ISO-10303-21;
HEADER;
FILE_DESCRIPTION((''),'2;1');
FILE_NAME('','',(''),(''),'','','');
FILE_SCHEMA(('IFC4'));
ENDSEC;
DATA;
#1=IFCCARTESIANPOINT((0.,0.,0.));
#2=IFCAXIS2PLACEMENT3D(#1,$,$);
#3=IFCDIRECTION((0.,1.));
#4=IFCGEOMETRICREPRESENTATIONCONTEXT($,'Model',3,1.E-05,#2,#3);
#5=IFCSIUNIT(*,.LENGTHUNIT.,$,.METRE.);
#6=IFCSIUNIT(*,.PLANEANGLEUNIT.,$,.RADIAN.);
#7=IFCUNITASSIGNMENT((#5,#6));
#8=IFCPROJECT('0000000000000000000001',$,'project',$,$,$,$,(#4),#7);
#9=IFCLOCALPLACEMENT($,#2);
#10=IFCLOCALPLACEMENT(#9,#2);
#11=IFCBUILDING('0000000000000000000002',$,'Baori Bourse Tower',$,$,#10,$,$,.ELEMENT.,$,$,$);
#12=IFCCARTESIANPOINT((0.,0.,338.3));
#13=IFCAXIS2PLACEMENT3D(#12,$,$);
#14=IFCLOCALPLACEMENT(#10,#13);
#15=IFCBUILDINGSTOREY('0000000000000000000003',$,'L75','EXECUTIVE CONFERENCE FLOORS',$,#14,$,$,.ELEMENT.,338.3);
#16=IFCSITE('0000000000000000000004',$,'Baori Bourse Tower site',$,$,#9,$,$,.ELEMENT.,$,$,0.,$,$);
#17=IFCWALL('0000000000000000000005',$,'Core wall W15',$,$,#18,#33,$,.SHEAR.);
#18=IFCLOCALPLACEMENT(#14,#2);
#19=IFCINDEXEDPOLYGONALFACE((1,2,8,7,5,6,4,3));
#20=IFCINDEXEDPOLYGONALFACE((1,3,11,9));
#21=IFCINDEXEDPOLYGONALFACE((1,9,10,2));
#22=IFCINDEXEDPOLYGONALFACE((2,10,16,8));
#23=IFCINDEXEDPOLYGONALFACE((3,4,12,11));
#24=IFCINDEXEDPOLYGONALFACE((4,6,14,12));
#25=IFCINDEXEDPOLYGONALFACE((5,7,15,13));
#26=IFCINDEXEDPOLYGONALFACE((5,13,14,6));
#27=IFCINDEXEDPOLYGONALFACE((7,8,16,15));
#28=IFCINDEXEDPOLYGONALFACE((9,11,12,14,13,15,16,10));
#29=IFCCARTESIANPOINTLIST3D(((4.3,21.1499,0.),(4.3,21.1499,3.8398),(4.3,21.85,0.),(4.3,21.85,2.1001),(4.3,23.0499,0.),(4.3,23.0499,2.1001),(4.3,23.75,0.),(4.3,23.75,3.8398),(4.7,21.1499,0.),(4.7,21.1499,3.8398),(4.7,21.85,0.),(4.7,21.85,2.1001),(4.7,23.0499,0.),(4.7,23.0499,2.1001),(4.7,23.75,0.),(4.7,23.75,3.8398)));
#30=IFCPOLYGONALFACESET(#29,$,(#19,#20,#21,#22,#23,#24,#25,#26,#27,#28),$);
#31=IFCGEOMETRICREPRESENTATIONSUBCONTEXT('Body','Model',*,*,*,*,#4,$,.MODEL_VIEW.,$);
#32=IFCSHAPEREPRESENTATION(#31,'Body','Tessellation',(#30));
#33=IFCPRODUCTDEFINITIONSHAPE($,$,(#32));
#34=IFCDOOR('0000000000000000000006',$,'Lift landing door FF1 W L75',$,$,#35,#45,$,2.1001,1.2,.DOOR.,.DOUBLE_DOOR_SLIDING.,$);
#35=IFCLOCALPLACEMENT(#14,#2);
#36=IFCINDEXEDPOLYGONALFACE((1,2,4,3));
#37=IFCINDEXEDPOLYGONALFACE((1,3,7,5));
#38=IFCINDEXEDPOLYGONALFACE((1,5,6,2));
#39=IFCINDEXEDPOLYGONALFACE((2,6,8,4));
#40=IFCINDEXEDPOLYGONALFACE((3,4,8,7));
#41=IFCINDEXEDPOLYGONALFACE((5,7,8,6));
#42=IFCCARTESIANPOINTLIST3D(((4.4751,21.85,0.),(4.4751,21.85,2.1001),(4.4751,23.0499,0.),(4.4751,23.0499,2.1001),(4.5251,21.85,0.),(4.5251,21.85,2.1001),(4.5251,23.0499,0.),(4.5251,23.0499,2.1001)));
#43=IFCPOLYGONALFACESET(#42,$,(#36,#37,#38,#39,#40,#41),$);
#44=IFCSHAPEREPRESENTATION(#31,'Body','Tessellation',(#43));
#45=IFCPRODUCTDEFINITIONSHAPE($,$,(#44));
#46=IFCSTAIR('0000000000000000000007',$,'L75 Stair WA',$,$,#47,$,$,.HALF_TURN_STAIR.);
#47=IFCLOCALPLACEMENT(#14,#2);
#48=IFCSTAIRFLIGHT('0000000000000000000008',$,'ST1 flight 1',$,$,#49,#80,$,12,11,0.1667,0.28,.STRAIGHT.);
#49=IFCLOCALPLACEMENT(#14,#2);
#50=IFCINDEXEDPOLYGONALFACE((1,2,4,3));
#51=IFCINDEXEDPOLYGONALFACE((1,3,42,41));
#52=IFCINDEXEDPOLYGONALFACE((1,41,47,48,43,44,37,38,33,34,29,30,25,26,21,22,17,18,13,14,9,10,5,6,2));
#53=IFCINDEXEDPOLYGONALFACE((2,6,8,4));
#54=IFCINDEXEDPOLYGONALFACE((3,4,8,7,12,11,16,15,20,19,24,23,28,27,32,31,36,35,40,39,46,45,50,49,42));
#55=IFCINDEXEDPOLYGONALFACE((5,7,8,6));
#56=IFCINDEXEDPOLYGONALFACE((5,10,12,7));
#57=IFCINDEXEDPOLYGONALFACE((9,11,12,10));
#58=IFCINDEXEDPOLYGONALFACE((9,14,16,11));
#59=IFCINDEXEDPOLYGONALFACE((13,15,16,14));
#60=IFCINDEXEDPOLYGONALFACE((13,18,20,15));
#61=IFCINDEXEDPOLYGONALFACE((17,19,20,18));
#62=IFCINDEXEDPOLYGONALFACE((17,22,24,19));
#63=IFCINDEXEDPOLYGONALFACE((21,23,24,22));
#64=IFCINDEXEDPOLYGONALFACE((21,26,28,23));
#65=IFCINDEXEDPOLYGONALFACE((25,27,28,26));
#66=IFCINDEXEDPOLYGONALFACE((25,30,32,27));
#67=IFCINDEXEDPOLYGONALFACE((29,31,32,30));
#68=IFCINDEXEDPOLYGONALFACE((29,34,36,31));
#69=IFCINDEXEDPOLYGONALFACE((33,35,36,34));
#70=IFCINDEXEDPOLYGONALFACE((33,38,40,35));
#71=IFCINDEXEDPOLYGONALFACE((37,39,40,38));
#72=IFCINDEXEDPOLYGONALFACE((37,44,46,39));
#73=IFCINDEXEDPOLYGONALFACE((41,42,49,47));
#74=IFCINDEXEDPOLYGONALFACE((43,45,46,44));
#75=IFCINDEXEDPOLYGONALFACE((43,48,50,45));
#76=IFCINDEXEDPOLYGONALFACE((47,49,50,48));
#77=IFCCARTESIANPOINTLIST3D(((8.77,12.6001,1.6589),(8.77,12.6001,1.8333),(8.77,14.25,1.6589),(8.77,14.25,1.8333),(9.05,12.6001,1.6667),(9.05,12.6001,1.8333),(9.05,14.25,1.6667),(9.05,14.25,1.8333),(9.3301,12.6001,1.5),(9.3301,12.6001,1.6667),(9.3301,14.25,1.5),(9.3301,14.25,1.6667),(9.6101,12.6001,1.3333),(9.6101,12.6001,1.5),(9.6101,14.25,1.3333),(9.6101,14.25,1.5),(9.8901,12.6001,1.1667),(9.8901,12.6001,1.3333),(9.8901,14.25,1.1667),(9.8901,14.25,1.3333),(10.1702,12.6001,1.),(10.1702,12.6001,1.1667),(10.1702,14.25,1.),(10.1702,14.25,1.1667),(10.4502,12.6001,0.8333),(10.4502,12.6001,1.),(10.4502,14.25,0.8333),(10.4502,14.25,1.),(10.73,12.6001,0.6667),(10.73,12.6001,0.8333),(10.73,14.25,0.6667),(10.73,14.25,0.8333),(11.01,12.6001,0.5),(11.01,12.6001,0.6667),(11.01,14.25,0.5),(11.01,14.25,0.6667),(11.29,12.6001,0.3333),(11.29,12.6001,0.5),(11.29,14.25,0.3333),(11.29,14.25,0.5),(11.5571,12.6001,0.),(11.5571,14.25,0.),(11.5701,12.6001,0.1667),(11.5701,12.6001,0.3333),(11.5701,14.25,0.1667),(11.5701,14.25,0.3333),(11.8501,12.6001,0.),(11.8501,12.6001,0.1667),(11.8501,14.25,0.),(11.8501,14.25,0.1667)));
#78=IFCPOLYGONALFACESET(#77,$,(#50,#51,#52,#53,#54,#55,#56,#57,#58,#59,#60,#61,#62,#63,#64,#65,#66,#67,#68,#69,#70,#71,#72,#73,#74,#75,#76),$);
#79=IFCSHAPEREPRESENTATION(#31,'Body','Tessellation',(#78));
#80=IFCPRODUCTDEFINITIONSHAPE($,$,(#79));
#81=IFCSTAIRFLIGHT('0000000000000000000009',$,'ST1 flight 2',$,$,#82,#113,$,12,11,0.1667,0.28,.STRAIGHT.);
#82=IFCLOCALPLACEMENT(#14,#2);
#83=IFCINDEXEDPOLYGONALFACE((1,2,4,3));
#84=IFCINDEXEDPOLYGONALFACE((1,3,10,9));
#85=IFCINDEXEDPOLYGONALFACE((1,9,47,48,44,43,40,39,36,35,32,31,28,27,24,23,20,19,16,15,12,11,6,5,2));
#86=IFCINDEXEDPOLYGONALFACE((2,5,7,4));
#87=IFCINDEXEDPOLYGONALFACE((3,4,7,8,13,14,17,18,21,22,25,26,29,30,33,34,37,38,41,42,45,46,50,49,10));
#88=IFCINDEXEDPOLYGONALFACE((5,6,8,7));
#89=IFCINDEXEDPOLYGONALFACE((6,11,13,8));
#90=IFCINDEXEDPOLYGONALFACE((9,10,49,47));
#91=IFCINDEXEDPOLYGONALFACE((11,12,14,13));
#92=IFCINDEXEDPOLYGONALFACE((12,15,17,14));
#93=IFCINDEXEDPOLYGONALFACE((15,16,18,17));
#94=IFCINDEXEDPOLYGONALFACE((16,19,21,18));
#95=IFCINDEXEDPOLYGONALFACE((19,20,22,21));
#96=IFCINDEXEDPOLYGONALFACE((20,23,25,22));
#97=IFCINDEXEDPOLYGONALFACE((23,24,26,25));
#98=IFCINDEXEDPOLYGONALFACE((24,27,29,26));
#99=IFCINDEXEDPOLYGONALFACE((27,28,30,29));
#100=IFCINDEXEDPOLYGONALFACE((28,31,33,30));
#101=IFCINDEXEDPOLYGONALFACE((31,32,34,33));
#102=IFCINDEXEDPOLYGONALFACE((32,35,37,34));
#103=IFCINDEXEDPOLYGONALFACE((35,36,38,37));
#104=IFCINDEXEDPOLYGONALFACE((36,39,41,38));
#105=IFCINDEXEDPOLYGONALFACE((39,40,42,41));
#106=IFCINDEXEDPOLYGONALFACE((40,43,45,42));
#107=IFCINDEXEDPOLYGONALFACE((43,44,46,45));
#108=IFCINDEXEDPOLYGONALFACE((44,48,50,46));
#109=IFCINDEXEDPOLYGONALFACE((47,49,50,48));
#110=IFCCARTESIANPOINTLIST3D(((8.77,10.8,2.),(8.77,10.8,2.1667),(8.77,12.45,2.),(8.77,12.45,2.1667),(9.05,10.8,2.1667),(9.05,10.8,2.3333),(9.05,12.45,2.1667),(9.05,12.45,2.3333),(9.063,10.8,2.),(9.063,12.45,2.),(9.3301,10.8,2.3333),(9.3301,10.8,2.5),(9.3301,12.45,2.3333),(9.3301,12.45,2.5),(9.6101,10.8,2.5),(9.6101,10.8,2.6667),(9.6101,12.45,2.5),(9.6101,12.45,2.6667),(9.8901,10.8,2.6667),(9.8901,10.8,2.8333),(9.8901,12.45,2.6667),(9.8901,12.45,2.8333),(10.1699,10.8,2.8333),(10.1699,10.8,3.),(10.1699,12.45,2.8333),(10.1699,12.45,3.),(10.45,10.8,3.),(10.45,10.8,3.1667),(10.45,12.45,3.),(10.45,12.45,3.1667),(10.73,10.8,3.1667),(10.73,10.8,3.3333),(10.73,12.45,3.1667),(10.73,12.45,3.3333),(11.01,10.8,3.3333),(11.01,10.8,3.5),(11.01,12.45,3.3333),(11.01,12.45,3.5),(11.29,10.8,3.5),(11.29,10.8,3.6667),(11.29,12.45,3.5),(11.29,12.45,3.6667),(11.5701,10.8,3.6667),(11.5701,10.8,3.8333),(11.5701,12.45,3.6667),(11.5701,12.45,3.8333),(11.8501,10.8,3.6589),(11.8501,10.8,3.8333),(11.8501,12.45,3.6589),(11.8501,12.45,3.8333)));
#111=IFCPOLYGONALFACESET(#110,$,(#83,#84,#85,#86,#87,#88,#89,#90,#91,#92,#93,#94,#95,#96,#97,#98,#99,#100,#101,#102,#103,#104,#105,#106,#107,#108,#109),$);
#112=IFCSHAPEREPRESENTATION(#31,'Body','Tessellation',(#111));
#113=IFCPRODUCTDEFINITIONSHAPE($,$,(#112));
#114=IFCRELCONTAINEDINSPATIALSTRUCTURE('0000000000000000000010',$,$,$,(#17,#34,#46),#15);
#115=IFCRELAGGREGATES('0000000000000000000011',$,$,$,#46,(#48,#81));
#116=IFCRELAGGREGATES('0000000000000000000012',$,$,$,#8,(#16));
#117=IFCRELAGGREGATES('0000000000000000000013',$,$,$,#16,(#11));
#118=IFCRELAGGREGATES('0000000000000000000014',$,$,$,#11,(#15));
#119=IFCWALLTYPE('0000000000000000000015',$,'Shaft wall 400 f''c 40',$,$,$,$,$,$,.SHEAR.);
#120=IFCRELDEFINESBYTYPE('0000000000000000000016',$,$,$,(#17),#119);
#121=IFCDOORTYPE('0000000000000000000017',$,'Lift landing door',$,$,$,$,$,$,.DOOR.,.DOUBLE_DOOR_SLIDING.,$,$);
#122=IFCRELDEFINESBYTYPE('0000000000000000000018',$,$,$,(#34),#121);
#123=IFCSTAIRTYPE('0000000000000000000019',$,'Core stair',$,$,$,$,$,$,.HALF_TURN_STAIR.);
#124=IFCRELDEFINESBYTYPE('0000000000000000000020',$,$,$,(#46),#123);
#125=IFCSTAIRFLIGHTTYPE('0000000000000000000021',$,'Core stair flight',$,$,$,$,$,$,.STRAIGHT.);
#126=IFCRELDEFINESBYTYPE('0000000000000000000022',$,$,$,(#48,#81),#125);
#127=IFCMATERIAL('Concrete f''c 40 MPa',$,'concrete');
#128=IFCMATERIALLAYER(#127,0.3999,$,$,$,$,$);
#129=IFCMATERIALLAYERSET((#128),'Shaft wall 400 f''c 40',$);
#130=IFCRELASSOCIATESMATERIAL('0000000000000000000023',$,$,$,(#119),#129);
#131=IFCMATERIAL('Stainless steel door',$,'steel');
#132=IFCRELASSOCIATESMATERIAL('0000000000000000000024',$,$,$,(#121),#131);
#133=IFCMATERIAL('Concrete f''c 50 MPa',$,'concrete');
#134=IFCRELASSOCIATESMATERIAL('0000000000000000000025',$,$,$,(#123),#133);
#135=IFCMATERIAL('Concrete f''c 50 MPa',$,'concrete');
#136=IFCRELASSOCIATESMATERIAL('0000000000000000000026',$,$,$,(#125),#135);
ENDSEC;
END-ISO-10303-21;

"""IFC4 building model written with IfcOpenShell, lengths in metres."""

from ifc_helpers import new_model, si_unit, direction, frame, frame_2d, origin, place, context, subcontext, project, spatial, polyline, rectangle, outline, extrude, material, layer, layer_set, type_object, element, fill, aggregate, save


model = new_model("IFC4")

# Units and contexts
model_context = context("Model", 3, precision=1e-05, world=origin(), true_north=direction((0.0, 1.0)))
body_context = subcontext(model_context, "Body", "Model", "MODEL_VIEW")
ifc_project = project(units=[si_unit("LENGTHUNIT", "METRE"), si_unit("PLANEANGLEUNIT", "RADIAN")], contexts=[model_context])

# Site, building, storey
site_placement = place(None, origin())
site = spatial("IfcSite", under=ifc_project, at=site_placement, Name="Baori Bourse Tower site", CompositionType="ELEMENT", RefElevation=0.0)
building_placement = place(site_placement, origin())
building = spatial("IfcBuilding", under=site, at=building_placement, Name="Baori Bourse Tower", CompositionType="ELEMENT")
storey_placement = place(building_placement, frame((0.0, 0.0, 338.3)))
storey = spatial("IfcBuildingStorey", under=building, at=storey_placement, Name="L75", Description="EXECUTIVE CONFERENCE FLOORS", CompositionType="ELEMENT", Elevation=338.3)

# Shared definitions
ifc_material_1 = material(Name="Concrete f'c 40 MPa", Category="concrete")
ifc_layer_1 = layer(ifc_material_1, 0.3999)
ifc_layer_set_1 = layer_set([ifc_layer_1], Name="Shaft wall 400 f'c 40")
wall_type_1 = type_object("IfcWallType", Name="Shaft wall 400 f'c 40", PredefinedType="SHEAR", material=ifc_layer_set_1)

# Wall, opening, door
wall_1_placement = place(storey_placement, frame((4.5, 21.1499, 0.0), z_axis=(0.0, 0.0, 1.0), x_axis=(0.0, 1.0, 0.0)))
wall_1 = element("IfcWall", 1, at=wall_1_placement, inside=storey, type_object=wall_type_1, Name="Core wall W15", PredefinedType="SHEAR", context=body_context, shape_type="SweptSolid", body=[
    extrude(rectangle(XDim=2.6001, YDim=0.3999, at=frame_2d((1.3, 0.0))), origin(), (0.0, 0.0, 1.0), 3.8398),
])
opening_1_placement = place(wall_1_placement, frame((0.7, 0.0, 0.0)))
opening_1 = element("IfcOpeningElement", 2, at=opening_1_placement, cuts=wall_1, PredefinedType="OPENING", context=body_context, shape_type="SweptSolid", body=[
    extrude(rectangle(XDim=1.2, YDim=2.1001, at=frame_2d((0.6001, 1.05))), frame((0.0, 0.21, 0.0), z_axis=(0.0, -1.0, 0.0), x_axis=(1.0, 0.0, 0.0)), (0.0, 0.0, 1.0), 0.4199),
])
ifc_material_2 = material(Name="Stainless steel door", Category="steel")
door_type_1 = type_object("IfcDoorType", Name="Lift landing door", OperationType="DOUBLE_DOOR_SLIDING", PredefinedType="DOOR", material=ifc_material_2)
door_1_placement = place(opening_1_placement, origin())
door_1 = element("IfcDoor", 3, at=door_1_placement, inside=storey, type_object=door_type_1, Name="Lift landing door FF1 W L75", OperationType="DOUBLE_DOOR_SLIDING", OverallHeight=2.1001, OverallWidth=1.2, PredefinedType="DOOR", context=body_context, shape_type="SweptSolid", body=[
    extrude(rectangle(XDim=1.2, YDim=2.1001, at=frame_2d((0.6001, 1.05))), frame((0.0, 0.0249, 0.0), z_axis=(0.0, -1.0, 0.0), x_axis=(1.0, 0.0, 0.0)), (0.0, 0.0, 1.0), 0.05),
])
fill(opening_1, door_1)

# Stair, stair flights
ifc_material_3 = material(Name="Concrete f'c 50 MPa", Category="concrete")
stair_type = type_object("IfcStairType", Name="Core stair", PredefinedType="HALF_TURN_STAIR", material=ifc_material_3)
stair_placement = place(storey_placement, origin())
stair = element("IfcStair", 4, at=stair_placement, inside=storey, type_object=stair_type, Name="L75 Stair WA", PredefinedType="HALF_TURN_STAIR")
ifc_material_4 = material(Name="Concrete f'c 50 MPa", Category="concrete")
stair_flight_type = type_object("IfcStairFlightType", Name="Core stair flight", PredefinedType="STRAIGHT", material=ifc_material_4)
stair_flight_1_placement = place(storey_placement, frame((11.8501, 13.425, 0.0), z_axis=(0.0, 0.0, 1.0), x_axis=(-1.0, 0.0, 0.0)))
stair_flight_1 = element("IfcStairFlight", 5, at=stair_flight_1_placement, type_object=stair_flight_type, Name="ST1 flight 1", NumberOfRisers=12, NumberOfTreads=11, PredefinedType="STRAIGHT", RiserHeight=0.1667, TreadLength=0.28, context=body_context, shape_type="SweptSolid", body=[
    extrude(outline(polyline([(0.0, 0.0), (0.0, 0.1667), (0.28, 0.1667), (0.28, 0.3333), (0.5601, 0.3333), (0.5601, 0.5), (0.8401, 0.5), (0.8401, 0.6667), (1.1201, 0.6667), (1.1201, 0.8333), (1.3999, 0.8333), (1.3999, 1.0), (1.6799, 1.0), (1.6799, 1.1667), (1.96, 1.1667), (1.96, 1.3333), (2.24, 1.3333), (2.24, 1.5), (2.52, 1.5), (2.52, 1.6667), (2.8, 1.6667), (2.8, 1.8333), (3.0801, 1.8333), (3.0801, 2.0), (3.0801, 1.6589), (0.293, 0.0), (0.0, 0.0)])), frame((0.0, 0.825, 0.0), z_axis=(0.0, -1.0, 0.0), x_axis=(1.0, 0.0, 0.0)), (0.0, 0.0, 1.0), 1.6499),
])
stair_flight_2_placement = place(storey_placement, frame((8.77, 11.625, 2.0), z_axis=(0.0, 0.0, 1.0), x_axis=(1.0, 0.0, 0.0)))
stair_flight_2 = element("IfcStairFlight", 6, at=stair_flight_2_placement, type_object=stair_flight_type, Name="ST1 flight 2", NumberOfRisers=12, NumberOfTreads=11, PredefinedType="STRAIGHT", RiserHeight=0.1667, TreadLength=0.28, context=body_context, shape_type="SweptSolid", body=[
    extrude(outline(polyline([(0.0, 0.0), (0.0, 0.1667), (0.28, 0.1667), (0.28, 0.3333), (0.5601, 0.3333), (0.5601, 0.5), (0.8401, 0.5), (0.8401, 0.6667), (1.1201, 0.6667), (1.1201, 0.8333), (1.3999, 0.8333), (1.3999, 1.0), (1.6799, 1.0), (1.6799, 1.1667), (1.96, 1.1667), (1.96, 1.3333), (2.24, 1.3333), (2.24, 1.5), (2.52, 1.5), (2.52, 1.6667), (2.8, 1.6667), (2.8, 1.8333), (3.0801, 1.8333), (3.0801, 2.0), (3.0801, 1.6589), (0.293, 0.0), (0.0, 0.0)])), frame((0.0, 0.825, 0.0), z_axis=(0.0, -1.0, 0.0), x_axis=(1.0, 0.0, 0.0)), (0.0, 0.0, 1.0), 1.6499),
])
aggregate(stair, [stair_flight_1, stair_flight_2])

save(model, "model.ifc")
